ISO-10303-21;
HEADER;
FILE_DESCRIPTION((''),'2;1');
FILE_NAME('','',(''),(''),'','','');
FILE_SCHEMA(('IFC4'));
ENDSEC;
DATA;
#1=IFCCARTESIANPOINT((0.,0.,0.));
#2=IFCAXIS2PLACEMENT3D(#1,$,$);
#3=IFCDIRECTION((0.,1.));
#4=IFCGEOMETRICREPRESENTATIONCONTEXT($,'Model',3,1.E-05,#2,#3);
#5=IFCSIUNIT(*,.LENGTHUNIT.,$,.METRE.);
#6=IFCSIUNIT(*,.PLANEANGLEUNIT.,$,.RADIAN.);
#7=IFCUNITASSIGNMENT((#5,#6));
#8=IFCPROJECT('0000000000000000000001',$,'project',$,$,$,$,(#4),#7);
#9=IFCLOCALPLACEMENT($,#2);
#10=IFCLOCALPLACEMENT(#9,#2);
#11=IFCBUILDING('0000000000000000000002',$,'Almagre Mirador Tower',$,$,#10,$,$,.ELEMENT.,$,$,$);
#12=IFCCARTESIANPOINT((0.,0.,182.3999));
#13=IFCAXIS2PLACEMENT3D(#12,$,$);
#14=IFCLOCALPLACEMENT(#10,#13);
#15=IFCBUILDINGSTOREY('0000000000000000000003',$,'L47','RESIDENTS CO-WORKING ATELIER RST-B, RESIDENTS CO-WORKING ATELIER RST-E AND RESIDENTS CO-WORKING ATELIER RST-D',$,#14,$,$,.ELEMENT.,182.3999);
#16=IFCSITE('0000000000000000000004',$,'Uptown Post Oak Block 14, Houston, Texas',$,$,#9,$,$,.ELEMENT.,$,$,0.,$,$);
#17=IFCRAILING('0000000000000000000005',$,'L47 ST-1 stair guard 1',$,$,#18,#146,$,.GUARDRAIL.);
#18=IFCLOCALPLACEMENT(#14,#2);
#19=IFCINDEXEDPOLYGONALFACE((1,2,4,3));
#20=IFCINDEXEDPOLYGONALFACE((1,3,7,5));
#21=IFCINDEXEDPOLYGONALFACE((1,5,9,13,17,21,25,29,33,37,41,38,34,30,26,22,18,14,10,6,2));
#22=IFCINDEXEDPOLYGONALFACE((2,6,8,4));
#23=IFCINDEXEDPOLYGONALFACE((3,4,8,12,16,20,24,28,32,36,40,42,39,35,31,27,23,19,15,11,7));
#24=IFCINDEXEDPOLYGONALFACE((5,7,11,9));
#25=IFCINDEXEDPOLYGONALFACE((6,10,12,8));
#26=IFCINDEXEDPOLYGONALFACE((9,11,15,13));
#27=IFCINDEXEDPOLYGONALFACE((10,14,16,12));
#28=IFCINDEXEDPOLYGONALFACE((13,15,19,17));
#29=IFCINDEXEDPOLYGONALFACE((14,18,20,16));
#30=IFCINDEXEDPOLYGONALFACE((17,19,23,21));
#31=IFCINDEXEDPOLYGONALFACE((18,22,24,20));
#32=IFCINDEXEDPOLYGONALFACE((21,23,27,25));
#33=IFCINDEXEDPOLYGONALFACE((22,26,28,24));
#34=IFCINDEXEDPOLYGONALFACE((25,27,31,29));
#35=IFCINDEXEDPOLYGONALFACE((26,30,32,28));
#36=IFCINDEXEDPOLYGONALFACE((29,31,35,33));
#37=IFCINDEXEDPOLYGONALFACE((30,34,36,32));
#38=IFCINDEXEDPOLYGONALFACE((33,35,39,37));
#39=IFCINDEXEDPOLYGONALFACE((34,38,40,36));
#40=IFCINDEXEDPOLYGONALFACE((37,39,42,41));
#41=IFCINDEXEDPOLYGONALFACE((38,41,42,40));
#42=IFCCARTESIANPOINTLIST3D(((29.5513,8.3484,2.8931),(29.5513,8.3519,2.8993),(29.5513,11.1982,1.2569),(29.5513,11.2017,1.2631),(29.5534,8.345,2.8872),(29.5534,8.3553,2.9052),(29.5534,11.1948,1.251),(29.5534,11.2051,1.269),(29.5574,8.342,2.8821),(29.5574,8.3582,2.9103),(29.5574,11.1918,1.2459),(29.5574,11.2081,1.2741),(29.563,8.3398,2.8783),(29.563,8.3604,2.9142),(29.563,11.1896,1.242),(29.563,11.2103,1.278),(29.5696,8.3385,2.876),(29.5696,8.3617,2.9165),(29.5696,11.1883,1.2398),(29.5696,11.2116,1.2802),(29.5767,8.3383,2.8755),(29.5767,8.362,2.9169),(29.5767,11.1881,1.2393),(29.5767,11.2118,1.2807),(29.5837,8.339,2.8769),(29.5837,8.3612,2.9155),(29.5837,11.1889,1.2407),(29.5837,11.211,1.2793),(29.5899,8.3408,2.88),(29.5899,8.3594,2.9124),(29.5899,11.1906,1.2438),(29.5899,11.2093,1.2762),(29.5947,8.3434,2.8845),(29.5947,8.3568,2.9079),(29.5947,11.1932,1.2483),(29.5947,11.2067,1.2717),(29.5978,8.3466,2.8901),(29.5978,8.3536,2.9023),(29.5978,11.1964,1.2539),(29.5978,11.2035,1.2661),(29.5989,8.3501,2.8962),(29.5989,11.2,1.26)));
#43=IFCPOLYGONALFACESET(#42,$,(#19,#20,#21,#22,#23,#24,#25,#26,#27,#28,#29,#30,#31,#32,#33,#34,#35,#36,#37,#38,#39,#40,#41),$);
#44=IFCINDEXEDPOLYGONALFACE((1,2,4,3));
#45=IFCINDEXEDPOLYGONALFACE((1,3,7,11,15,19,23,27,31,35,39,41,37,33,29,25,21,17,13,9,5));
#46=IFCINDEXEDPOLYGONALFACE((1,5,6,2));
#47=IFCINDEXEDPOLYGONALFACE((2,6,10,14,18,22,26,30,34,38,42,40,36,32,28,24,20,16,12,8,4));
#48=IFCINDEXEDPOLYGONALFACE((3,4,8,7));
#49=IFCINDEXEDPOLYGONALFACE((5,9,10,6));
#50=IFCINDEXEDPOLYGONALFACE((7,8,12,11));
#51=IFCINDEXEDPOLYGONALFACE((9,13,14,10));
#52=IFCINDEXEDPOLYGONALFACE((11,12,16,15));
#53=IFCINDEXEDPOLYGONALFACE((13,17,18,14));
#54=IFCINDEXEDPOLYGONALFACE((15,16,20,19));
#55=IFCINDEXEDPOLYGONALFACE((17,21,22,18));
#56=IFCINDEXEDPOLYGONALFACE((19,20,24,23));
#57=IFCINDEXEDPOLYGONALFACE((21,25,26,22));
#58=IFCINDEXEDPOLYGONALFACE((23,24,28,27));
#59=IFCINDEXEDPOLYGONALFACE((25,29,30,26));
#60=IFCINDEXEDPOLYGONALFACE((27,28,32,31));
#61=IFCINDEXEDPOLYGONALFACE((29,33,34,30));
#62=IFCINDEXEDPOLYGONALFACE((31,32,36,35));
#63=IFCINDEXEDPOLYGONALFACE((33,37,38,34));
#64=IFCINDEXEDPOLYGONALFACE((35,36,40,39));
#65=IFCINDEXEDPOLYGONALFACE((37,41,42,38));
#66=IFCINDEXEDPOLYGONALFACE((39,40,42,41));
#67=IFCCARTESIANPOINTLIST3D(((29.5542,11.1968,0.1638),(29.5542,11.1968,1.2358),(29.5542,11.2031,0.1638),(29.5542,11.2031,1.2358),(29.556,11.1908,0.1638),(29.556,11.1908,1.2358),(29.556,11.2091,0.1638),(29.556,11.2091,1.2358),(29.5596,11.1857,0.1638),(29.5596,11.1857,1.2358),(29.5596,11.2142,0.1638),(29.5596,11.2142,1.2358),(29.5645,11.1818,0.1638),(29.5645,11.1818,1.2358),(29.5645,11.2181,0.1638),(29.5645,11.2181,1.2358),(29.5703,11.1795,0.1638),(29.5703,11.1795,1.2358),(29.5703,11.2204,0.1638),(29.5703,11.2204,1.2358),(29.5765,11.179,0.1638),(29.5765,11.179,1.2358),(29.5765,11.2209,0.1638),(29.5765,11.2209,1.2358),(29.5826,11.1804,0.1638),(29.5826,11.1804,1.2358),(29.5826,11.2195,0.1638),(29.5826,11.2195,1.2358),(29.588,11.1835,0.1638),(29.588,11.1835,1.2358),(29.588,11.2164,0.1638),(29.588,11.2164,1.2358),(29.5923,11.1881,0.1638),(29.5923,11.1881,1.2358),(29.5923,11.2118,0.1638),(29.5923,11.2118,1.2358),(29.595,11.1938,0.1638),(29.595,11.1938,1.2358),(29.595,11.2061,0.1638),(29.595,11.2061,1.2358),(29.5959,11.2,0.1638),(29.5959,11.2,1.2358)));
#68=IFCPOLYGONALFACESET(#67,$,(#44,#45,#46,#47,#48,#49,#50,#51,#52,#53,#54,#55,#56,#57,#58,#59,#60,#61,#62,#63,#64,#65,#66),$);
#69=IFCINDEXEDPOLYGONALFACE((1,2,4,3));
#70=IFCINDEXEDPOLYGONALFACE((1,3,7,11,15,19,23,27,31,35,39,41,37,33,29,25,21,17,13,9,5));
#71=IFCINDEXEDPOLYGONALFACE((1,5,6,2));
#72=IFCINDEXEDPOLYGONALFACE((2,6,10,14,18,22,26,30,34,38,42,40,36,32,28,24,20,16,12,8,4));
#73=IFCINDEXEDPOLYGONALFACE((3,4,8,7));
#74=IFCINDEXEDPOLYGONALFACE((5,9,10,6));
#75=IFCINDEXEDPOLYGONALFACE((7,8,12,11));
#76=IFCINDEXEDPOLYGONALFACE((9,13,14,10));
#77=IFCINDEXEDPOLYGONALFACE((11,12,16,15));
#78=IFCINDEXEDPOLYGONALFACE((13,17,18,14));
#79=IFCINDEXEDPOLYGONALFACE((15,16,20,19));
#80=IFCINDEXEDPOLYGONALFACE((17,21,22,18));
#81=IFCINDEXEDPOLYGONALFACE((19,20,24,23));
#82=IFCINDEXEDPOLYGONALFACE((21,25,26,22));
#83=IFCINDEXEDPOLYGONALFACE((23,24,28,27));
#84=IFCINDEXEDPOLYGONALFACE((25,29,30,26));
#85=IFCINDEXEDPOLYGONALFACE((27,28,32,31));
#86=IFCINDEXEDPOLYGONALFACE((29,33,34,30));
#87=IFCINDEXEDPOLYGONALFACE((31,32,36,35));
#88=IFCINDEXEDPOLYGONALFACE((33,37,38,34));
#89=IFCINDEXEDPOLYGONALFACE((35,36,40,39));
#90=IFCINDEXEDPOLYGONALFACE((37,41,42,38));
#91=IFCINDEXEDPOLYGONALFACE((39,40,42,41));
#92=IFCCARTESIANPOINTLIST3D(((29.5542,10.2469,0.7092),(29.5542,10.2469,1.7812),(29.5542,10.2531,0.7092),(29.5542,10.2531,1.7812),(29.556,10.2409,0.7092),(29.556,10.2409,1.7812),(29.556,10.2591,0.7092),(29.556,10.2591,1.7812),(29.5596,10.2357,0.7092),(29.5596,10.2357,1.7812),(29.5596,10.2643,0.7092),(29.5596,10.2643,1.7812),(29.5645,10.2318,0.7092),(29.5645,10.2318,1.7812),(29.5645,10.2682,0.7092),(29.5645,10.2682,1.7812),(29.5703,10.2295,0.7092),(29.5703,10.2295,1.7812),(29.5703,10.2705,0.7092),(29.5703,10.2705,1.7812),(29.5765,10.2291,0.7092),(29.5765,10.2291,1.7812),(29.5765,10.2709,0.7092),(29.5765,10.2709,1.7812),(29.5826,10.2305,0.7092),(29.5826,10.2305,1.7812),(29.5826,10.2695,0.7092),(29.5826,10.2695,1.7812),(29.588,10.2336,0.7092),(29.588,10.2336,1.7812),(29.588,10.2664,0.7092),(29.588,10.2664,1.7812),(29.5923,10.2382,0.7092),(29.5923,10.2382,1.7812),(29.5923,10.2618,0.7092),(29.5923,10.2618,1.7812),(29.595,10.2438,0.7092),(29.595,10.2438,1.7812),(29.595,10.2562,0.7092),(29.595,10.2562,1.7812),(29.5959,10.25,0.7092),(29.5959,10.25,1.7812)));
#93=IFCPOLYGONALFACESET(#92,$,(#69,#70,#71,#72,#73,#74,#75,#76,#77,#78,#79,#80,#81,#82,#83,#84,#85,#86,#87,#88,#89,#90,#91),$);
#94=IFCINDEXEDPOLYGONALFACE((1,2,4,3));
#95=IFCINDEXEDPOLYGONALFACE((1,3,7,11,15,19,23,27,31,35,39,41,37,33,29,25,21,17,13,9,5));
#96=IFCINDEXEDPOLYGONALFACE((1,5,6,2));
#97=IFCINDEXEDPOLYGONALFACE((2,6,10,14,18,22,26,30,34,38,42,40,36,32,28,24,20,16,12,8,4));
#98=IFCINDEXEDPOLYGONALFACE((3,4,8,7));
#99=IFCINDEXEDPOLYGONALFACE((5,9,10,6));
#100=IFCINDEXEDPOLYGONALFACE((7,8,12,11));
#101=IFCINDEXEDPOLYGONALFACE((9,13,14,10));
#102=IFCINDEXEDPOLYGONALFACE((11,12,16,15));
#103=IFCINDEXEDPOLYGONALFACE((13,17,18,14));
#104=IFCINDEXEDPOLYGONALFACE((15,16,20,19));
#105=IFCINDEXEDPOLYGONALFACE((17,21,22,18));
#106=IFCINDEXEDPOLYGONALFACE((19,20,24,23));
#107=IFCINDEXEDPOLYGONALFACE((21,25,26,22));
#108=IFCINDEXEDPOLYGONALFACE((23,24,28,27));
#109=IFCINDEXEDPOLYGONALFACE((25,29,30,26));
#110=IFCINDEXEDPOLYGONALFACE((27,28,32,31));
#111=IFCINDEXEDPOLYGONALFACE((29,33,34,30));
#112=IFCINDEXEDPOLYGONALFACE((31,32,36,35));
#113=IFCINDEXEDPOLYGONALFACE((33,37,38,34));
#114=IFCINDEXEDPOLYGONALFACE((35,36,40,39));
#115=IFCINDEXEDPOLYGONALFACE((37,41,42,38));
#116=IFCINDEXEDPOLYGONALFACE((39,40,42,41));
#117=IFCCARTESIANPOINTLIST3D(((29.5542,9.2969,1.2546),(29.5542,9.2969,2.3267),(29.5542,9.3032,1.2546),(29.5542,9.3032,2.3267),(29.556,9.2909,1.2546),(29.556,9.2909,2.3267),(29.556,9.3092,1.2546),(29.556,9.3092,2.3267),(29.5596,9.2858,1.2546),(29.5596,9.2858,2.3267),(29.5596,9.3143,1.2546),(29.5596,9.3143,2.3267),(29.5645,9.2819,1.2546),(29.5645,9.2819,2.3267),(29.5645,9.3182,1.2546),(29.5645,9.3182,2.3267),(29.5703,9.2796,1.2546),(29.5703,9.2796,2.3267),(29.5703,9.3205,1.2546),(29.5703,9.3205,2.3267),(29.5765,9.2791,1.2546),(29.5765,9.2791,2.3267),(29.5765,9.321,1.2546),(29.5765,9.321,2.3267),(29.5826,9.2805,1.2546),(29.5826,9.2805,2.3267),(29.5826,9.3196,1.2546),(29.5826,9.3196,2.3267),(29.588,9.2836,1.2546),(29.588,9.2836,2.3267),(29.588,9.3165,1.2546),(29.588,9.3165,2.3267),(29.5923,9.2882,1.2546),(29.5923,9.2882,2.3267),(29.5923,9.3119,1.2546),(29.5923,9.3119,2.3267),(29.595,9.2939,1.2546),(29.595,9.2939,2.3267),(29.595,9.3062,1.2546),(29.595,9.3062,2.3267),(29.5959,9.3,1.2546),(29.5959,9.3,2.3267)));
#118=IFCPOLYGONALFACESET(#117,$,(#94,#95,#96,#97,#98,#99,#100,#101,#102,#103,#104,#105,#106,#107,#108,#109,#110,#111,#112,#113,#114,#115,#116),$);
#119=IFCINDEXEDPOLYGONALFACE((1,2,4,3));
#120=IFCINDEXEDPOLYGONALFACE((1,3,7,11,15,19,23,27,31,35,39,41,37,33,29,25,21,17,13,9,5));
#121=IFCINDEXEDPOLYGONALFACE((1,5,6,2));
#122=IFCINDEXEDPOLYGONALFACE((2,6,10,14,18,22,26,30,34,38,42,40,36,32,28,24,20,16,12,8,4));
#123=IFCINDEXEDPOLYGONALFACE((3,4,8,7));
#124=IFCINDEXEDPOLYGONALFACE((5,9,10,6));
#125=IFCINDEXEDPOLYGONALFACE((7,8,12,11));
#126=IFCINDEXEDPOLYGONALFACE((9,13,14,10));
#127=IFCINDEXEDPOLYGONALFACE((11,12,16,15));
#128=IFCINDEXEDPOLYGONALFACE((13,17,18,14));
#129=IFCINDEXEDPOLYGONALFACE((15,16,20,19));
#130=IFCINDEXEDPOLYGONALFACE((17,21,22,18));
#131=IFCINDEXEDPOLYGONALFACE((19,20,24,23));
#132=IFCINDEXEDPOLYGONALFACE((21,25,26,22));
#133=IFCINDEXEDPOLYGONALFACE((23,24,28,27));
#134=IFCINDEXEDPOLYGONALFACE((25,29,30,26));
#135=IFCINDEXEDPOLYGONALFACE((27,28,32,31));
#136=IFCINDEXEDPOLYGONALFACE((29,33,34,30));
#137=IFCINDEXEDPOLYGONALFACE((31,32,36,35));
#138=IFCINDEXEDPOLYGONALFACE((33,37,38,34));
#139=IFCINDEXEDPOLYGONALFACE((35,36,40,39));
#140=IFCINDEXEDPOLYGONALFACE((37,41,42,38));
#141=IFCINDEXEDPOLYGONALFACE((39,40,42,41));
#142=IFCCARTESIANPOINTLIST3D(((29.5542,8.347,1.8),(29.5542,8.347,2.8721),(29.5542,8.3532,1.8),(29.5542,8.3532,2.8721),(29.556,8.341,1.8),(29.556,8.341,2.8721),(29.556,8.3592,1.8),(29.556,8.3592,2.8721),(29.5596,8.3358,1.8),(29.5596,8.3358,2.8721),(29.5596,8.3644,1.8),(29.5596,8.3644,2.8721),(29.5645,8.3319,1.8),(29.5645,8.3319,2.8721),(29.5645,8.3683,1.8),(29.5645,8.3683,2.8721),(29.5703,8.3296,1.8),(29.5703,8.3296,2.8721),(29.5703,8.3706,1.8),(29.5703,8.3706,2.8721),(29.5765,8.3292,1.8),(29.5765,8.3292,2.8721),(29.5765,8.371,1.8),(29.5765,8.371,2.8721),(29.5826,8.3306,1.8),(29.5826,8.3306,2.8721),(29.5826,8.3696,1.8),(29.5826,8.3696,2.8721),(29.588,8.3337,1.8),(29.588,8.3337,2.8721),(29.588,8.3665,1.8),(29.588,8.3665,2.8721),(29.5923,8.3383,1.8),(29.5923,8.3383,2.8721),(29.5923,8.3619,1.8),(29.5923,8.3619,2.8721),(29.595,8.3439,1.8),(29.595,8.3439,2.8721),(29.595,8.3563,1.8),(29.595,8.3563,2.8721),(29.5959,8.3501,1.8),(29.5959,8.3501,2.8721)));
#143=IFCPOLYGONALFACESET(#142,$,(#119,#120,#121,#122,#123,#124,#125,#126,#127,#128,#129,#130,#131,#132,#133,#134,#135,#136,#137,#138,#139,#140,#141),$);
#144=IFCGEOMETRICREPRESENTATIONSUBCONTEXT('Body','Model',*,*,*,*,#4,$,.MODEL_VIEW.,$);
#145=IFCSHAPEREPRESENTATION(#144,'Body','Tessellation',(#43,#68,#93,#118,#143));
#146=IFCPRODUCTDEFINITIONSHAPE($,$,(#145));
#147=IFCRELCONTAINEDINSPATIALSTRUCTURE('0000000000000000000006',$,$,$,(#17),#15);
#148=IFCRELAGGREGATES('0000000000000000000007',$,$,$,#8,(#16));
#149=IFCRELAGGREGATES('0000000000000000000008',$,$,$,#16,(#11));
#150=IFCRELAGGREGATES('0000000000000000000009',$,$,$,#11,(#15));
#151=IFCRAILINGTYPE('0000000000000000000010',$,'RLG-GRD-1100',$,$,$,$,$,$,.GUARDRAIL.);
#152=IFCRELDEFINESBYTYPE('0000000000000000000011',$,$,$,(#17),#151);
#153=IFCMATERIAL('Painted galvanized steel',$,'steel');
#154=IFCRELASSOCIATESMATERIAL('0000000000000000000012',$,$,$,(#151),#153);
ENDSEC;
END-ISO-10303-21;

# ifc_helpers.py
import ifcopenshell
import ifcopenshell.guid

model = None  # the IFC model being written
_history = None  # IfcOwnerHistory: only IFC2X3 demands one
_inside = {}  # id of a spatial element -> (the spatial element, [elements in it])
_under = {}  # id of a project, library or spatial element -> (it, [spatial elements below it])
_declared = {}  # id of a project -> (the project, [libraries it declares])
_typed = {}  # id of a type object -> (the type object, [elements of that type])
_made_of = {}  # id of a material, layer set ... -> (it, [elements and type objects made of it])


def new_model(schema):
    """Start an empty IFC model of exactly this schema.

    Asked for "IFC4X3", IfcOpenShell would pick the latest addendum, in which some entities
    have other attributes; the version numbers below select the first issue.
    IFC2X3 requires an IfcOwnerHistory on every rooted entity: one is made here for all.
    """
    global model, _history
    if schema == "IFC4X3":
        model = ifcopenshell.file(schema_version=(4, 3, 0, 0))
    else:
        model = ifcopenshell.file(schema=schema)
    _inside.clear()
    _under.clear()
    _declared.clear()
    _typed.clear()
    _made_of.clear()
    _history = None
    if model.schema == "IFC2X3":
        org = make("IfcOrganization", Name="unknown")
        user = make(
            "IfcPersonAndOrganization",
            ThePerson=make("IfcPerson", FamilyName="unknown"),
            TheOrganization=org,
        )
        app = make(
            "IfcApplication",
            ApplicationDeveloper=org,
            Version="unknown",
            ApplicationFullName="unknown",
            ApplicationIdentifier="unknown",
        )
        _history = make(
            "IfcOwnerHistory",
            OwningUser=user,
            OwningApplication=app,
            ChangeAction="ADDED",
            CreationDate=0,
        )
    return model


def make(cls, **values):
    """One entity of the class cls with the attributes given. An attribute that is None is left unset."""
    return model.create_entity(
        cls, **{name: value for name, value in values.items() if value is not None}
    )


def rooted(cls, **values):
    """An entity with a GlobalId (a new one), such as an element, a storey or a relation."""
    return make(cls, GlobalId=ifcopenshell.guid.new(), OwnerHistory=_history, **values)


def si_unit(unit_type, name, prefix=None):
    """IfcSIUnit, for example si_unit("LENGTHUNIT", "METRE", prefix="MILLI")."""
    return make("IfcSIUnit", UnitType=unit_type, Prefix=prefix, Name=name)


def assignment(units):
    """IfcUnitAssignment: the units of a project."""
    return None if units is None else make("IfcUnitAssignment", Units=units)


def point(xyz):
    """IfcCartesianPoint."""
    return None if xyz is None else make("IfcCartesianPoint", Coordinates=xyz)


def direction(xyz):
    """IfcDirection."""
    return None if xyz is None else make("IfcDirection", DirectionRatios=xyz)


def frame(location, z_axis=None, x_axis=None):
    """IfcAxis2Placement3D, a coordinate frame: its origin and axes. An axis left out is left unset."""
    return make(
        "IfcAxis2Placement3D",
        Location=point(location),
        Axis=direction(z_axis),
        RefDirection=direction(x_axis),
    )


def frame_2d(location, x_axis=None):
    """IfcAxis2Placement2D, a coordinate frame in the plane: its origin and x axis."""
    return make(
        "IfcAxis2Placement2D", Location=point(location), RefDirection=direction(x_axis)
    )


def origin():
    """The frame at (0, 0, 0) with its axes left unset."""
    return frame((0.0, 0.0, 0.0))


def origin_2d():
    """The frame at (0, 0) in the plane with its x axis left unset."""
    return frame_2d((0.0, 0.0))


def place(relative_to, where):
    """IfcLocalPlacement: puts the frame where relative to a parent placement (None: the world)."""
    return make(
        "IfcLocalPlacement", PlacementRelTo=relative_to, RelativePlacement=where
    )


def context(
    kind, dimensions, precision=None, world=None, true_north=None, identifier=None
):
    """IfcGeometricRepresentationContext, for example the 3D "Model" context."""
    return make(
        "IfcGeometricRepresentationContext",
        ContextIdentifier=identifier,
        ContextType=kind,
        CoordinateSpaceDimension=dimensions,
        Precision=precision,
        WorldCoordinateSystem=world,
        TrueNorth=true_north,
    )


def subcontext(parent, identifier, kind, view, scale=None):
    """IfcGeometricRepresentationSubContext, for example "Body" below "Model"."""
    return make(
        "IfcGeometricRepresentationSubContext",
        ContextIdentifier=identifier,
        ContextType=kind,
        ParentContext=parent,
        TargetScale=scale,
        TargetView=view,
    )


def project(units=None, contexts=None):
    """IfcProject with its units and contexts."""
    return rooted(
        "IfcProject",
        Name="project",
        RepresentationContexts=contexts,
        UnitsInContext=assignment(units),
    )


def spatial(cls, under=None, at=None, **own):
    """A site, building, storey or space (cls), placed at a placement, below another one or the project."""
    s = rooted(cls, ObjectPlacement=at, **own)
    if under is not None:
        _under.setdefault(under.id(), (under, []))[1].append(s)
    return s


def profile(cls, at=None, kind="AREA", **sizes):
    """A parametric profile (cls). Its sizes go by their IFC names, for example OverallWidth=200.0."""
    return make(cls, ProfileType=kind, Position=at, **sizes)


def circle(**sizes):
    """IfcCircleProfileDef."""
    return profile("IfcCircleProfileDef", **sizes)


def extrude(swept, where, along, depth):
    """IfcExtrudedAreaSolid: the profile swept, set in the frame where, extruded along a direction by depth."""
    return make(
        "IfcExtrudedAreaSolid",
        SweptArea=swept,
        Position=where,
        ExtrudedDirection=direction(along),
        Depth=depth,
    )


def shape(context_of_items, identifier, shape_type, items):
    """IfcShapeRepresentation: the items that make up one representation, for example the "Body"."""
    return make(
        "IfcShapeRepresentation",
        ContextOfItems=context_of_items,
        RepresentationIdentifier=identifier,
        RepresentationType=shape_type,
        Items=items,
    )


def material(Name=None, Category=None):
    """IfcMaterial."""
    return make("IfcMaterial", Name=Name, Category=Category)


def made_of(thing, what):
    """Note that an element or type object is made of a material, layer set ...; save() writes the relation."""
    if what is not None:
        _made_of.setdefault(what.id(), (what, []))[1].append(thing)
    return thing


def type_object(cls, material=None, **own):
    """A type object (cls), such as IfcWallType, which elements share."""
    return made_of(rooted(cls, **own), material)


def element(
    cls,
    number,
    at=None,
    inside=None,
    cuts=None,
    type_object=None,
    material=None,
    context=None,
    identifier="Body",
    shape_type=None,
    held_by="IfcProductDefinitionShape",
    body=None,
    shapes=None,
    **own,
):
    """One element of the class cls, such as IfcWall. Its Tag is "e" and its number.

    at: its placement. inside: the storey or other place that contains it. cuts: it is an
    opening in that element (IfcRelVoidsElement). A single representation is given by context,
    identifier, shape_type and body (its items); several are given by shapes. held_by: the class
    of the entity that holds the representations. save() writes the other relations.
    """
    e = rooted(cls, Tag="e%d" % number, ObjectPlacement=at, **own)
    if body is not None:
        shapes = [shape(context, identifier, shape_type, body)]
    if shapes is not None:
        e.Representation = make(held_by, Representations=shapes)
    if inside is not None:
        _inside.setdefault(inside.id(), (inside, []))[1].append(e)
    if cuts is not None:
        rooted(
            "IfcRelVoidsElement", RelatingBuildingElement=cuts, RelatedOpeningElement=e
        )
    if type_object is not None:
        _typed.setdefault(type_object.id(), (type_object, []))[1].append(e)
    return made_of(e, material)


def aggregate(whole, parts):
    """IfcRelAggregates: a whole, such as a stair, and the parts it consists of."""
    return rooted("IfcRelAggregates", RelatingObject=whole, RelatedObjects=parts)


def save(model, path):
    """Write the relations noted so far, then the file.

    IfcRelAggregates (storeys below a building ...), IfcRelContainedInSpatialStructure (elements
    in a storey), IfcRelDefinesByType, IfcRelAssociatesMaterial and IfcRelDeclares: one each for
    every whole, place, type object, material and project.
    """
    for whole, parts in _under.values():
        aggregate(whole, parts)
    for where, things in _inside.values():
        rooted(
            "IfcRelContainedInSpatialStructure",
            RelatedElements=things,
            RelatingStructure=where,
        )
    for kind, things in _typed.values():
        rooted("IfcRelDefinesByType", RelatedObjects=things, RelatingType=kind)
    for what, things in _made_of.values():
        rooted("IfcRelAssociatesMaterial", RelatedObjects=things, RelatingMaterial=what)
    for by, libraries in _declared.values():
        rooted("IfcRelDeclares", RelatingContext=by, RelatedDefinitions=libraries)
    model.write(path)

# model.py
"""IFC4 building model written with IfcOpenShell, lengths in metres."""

from ifc_helpers import new_model, si_unit, direction, frame, origin, origin_2d, place, context, subcontext, project, spatial, circle, extrude, material, type_object, element, save


model = new_model("IFC4")

# Units and contexts
model_context = context("Model", 3, precision=1e-05, world=origin(), true_north=direction((0.0, 1.0)))
body_context = subcontext(model_context, "Body", "Model", "MODEL_VIEW")
ifc_project = project(units=[si_unit("LENGTHUNIT", "METRE"), si_unit("PLANEANGLEUNIT", "RADIAN")], contexts=[model_context])

# Site, building, storey
site_placement = place(None, origin())
site = spatial("IfcSite", under=ifc_project, at=site_placement, Name="Uptown Post Oak Block 14, Houston, Texas", CompositionType="ELEMENT", RefElevation=0.0)
building_placement = place(site_placement, origin())
building = spatial("IfcBuilding", under=site, at=building_placement, Name="Almagre Mirador Tower", CompositionType="ELEMENT")
storey_placement = place(building_placement, frame((0.0, 0.0, 182.3999)))
storey = spatial("IfcBuildingStorey", under=building, at=storey_placement, Name="L47", Description="RESIDENTS CO-WORKING ATELIER RST-B, RESIDENTS CO-WORKING ATELIER RST-E AND RESIDENTS CO-WORKING ATELIER RST-D", CompositionType="ELEMENT", Elevation=182.3999)

# Railing
ifc_material_1 = material(Name="Painted galvanized steel", Category="steel")
railing_type_1 = type_object("IfcRailingType", Name="RLG-GRD-1100", PredefinedType="GUARDRAIL", material=ifc_material_1)
railing_1_placement = place(storey_placement, frame((29.575, 11.2, 0.1638)))
element("IfcRailing", 1, at=railing_1_placement, inside=storey, type_object=railing_type_1, Name="L47 ST-1 stair guard 1", PredefinedType="GUARDRAIL", context=body_context, shape_type="SweptSolid", body=[
    extrude(circle(Radius=0.0239, at=origin_2d()), frame((0.0, 0.0, 1.0962), z_axis=(0.0, -0.867226, 0.497914), x_axis=(1.0, 0.0, 0.0)), (0.0, 0.0, 1.0), 3.2861),
    extrude(circle(Radius=0.021, at=origin_2d()), origin(), (0.0, 0.0, 1.0), 1.072),
    extrude(circle(Radius=0.021, at=origin_2d()), frame((0.0, -0.95, 0.5454)), (0.0, 0.0, 1.0), 1.072),
    extrude(circle(Radius=0.021, at=origin_2d()), frame((0.0, -1.8999, 1.0908)), (0.0, 0.0, 1.0), 1.072),
    extrude(circle(Radius=0.021, at=origin_2d()), frame((0.0, -2.8499, 1.6362)), (0.0, 0.0, 1.0), 1.072),
])

save(model, "model.ifc")
